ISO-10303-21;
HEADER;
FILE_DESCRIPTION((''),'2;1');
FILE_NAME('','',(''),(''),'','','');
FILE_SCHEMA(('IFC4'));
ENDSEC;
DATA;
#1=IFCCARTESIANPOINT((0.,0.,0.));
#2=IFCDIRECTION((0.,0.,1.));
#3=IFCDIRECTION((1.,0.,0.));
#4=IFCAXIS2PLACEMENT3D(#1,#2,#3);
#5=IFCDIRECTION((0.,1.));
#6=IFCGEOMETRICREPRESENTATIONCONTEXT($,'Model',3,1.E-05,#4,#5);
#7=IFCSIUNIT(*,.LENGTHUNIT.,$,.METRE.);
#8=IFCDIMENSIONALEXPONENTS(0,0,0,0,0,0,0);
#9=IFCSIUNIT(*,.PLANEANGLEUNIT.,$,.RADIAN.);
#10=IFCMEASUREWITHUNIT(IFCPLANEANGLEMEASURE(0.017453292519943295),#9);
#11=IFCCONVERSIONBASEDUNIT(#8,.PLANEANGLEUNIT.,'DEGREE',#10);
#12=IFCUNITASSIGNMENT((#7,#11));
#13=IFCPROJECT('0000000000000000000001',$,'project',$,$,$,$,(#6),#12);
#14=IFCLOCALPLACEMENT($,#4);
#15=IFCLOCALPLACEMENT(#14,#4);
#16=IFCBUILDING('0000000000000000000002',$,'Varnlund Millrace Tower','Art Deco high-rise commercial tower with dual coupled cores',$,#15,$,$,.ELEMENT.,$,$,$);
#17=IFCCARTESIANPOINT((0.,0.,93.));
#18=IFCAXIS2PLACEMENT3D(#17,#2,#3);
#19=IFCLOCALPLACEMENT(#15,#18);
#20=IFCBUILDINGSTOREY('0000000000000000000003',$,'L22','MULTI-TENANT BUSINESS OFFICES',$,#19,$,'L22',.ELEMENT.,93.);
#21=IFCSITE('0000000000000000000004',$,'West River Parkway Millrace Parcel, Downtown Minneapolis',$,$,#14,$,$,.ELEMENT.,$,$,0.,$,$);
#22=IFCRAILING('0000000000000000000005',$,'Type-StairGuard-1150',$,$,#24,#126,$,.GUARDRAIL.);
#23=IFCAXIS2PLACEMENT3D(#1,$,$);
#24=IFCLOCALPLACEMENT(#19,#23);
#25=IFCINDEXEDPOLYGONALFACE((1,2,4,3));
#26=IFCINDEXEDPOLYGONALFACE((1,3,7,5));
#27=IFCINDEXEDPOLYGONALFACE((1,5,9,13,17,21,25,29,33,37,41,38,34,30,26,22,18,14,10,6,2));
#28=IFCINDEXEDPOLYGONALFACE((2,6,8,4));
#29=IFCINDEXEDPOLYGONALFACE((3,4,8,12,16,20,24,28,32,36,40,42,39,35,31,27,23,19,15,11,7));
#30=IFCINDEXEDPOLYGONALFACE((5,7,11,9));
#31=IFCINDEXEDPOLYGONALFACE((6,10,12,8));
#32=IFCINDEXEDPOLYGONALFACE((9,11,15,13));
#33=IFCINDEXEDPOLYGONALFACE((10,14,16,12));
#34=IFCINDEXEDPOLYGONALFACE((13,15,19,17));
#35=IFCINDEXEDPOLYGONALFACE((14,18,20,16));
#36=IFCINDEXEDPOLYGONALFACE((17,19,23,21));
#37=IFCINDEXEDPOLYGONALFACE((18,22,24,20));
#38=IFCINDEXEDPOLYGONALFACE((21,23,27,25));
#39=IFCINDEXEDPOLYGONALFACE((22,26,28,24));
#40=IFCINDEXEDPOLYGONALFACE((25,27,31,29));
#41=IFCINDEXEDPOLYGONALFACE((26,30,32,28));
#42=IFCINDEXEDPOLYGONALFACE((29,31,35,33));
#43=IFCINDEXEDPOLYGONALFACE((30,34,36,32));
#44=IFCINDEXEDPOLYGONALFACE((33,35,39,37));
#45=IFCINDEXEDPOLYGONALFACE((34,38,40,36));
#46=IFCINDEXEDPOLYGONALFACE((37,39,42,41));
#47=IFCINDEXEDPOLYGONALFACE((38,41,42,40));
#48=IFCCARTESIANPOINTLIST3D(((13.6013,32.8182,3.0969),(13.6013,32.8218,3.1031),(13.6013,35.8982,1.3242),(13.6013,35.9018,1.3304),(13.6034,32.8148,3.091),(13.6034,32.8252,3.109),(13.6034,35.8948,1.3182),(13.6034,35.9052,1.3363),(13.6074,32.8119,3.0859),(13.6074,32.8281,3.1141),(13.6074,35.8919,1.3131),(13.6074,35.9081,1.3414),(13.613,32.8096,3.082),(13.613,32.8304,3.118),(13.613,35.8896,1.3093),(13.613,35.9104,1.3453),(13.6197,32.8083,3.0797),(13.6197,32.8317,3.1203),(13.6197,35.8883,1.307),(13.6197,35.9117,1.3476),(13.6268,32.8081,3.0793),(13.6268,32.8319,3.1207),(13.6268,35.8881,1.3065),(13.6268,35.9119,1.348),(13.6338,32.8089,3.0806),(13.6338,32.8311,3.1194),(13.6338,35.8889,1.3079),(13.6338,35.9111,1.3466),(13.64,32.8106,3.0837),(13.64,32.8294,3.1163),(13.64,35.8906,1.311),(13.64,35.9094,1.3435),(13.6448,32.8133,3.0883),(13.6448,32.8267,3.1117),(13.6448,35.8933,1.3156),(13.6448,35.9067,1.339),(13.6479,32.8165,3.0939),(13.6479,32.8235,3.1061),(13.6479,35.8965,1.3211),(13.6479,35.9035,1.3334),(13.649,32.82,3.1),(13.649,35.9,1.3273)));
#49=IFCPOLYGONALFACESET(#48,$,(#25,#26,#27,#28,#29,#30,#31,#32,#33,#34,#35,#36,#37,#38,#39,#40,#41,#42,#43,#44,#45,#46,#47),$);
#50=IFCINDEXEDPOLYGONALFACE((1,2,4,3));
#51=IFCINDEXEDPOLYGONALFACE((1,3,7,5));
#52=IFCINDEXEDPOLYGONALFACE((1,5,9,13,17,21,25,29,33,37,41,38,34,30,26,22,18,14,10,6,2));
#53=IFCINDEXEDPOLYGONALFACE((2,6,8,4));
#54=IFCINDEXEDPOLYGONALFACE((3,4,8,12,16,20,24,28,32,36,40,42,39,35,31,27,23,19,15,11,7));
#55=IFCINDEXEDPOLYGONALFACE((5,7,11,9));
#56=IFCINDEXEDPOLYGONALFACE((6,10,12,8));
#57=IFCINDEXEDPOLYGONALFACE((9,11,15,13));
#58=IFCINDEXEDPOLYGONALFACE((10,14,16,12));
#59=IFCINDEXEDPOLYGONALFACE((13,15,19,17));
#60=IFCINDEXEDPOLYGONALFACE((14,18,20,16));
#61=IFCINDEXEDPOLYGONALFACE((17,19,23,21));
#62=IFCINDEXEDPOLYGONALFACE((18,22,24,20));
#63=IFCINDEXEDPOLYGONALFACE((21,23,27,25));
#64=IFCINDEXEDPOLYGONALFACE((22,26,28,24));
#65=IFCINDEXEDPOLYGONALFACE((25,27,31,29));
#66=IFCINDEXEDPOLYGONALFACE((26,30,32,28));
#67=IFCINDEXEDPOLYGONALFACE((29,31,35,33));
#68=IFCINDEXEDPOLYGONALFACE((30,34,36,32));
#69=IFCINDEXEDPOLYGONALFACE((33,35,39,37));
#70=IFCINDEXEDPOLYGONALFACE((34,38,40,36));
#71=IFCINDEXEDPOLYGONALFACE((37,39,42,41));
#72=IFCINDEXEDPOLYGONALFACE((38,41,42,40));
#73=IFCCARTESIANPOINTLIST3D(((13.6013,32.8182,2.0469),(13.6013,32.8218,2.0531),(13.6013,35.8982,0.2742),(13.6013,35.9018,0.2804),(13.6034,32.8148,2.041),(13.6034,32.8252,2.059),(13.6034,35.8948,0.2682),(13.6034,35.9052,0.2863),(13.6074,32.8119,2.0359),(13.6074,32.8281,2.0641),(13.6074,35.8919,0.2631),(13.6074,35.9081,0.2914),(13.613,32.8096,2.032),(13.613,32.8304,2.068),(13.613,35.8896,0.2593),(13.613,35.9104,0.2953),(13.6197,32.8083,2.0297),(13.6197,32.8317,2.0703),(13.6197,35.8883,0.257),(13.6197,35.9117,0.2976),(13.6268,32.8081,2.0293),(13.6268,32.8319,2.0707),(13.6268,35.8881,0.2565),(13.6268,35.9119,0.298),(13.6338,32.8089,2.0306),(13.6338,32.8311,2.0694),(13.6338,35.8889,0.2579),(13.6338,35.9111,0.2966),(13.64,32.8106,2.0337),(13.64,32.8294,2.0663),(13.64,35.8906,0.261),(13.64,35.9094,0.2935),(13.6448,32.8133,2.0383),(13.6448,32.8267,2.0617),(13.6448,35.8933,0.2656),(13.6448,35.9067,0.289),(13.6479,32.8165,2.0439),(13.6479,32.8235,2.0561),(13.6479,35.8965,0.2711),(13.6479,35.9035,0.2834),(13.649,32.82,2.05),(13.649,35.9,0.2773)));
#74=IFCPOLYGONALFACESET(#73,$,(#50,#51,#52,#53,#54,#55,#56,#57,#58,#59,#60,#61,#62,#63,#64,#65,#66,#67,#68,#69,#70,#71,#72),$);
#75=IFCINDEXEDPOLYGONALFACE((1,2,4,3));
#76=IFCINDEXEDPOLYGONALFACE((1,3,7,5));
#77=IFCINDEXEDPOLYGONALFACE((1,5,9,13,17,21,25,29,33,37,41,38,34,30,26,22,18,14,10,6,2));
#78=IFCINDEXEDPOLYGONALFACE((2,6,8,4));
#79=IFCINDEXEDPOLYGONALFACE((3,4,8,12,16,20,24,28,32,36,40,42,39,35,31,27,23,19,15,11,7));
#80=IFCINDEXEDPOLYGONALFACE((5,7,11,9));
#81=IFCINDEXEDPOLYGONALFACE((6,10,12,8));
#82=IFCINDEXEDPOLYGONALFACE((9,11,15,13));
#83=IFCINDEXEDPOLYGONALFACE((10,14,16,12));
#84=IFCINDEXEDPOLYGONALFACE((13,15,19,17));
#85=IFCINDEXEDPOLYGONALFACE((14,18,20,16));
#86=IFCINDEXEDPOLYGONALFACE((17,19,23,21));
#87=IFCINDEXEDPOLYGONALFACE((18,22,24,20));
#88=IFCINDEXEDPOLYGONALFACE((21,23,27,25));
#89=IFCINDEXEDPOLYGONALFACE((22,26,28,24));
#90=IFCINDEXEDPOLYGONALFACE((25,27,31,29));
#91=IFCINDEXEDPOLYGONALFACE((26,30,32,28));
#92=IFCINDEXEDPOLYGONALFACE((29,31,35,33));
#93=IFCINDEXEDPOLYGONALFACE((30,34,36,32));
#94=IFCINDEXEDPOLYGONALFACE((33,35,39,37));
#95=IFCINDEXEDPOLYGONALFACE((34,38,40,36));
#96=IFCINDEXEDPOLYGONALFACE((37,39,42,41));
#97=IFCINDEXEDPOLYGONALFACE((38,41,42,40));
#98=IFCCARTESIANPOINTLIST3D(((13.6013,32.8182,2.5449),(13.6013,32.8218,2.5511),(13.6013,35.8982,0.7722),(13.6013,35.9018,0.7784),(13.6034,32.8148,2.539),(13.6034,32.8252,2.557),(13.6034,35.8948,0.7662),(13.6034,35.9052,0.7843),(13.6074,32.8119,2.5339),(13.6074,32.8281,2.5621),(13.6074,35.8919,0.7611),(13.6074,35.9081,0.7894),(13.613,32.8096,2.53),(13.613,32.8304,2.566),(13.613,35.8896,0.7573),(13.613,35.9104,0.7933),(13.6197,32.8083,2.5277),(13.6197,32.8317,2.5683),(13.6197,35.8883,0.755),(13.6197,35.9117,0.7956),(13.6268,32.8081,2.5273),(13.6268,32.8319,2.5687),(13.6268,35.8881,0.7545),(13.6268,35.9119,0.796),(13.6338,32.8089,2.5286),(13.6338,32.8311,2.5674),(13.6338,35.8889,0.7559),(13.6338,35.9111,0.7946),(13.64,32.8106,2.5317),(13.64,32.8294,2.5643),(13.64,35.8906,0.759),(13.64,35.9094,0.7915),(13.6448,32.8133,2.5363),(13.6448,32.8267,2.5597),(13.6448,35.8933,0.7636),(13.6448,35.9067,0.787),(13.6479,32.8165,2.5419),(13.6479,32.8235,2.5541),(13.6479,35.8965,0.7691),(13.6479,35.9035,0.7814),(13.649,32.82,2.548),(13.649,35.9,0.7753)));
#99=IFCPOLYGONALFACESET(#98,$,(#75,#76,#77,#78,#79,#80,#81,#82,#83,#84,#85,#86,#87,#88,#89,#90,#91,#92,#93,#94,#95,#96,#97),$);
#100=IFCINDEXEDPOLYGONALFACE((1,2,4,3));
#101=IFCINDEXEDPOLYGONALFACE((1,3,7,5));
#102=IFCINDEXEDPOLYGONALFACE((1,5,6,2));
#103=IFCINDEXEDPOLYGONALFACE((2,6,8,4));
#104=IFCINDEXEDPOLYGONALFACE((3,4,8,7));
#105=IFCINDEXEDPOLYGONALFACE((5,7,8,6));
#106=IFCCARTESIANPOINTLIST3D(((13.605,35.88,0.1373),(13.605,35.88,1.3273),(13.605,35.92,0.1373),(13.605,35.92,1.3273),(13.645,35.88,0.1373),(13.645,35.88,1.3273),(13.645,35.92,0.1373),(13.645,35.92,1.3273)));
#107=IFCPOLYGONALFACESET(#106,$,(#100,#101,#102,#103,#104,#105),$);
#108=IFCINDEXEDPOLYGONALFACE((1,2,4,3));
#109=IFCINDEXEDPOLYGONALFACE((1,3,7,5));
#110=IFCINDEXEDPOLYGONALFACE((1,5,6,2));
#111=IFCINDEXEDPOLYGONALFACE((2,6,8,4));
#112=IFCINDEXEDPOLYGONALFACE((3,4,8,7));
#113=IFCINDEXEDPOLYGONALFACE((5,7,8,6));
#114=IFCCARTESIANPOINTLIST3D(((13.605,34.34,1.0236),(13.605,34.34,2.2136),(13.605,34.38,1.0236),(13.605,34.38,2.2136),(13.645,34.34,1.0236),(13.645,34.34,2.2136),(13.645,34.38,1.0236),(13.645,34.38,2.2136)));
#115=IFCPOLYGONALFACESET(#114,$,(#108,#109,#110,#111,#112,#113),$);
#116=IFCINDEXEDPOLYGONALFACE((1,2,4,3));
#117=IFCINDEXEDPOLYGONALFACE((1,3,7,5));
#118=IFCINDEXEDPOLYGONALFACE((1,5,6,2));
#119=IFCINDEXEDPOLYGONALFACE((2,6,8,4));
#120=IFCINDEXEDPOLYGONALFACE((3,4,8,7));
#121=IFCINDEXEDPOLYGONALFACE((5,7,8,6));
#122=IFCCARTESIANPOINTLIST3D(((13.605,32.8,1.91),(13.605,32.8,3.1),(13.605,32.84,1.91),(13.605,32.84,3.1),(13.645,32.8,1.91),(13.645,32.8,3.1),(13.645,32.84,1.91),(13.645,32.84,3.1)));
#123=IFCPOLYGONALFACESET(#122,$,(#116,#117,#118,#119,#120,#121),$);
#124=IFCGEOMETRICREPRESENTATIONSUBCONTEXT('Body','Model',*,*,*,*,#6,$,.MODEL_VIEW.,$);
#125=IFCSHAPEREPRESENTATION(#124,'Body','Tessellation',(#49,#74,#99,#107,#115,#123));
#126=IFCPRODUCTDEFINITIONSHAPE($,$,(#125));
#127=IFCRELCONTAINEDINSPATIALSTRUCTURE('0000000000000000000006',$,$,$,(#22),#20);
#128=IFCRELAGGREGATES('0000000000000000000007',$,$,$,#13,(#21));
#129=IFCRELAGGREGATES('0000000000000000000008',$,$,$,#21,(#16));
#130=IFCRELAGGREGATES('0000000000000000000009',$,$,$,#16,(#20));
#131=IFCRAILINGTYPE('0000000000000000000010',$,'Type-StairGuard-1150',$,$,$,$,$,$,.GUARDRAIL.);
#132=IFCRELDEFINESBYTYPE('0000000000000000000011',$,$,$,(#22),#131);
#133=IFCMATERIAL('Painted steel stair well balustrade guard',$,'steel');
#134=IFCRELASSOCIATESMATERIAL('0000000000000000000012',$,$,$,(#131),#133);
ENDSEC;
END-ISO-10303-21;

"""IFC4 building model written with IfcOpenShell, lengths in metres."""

from ifc_helpers import new_model, entity, si_unit, converted_unit, direction, frame, origin_with_axes, origin_2d_with_axis, place, context, subcontext, project, spatial, rectangle, circle, extrude, material, type_object, element, save


model = new_model("IFC4")

# Units and contexts
model_context = context("Model", 3, precision=1e-05, world=origin_with_axes(), true_north=direction((0.0, 1.0)))
body_context = subcontext(model_context, "Body", "Model", "MODEL_VIEW")
ifc_project = project(units=[si_unit("LENGTHUNIT", "METRE"), converted_unit("PLANEANGLEUNIT", "DEGREE", entity("IfcPlaneAngleMeasure", 0.017453292519943295), si_unit("PLANEANGLEUNIT", "RADIAN"), dimensions=[0, 0, 0, 0, 0, 0, 0])], contexts=[model_context])

# Site, building, storey
site_placement = place(None, origin_with_axes())
site = spatial("IfcSite", under=ifc_project, at=site_placement, Name="West River Parkway Millrace Parcel, Downtown Minneapolis", CompositionType="ELEMENT", RefElevation=0.0)
building_placement = place(site_placement, origin_with_axes())
building = spatial("IfcBuilding", under=site, at=building_placement, Name="Varnlund Millrace Tower", Description="Art Deco high-rise commercial tower with dual coupled cores", CompositionType="ELEMENT")
storey_placement = place(building_placement, frame((0.0, 0.0, 93.0), z_axis=(0.0, 0.0, 1.0), x_axis=(1.0, 0.0, 0.0)))
storey = spatial("IfcBuildingStorey", under=building, at=storey_placement, Name="L22", Description="MULTI-TENANT BUSINESS OFFICES", LongName="L22", CompositionType="ELEMENT", Elevation=93.0)

# Railing
ifc_material_1 = material(Name="Painted steel stair well balustrade guard", Category="steel")
railing_type_1 = type_object("IfcRailingType", Name="Type-StairGuard-1150", PredefinedType="GUARDRAIL", material=ifc_material_1)
railing_1_placement = place(storey_placement, frame((0.0, 0.0, -93.0), z_axis=(0.0, 0.0, 1.0), x_axis=(1.0, 0.0, 0.0)))
element("IfcRailing", 1, at=railing_1_placement, inside=storey, type_object=railing_type_1, Name="Type-StairGuard-1150", PredefinedType="GUARDRAIL", context=body_context, shape_type="SweptSolid", body=[
    extrude(circle(Radius=0.024, at=origin_2d_with_axis()), frame((13.625, 35.9, 94.3273), z_axis=(0.0, -0.866696, 0.498836), x_axis=(1.0, 0.0, 0.0)), (0.0, 0.0, 1.0), 3.5537),
    extrude(circle(Radius=0.024, at=origin_2d_with_axis()), frame((13.625, 35.9, 93.2773), z_axis=(0.0, -0.866696, 0.498836), x_axis=(1.0, 0.0, 0.0)), (0.0, 0.0, 1.0), 3.5537),
    extrude(circle(Radius=0.024, at=origin_2d_with_axis()), frame((13.625, 35.9, 93.7753), z_axis=(0.0, -0.866696, 0.498836), x_axis=(1.0, 0.0, 0.0)), (0.0, 0.0, 1.0), 3.5537),
    extrude(rectangle(XDim=0.04, YDim=0.04, at=origin_2d_with_axis()), frame((13.625, 35.9, 93.1373), z_axis=(0.0, 0.0, 1.0), x_axis=(1.0, 0.0, 0.0)), (0.0, 0.0, 1.0), 1.19),
    extrude(rectangle(XDim=0.04, YDim=0.04, at=origin_2d_with_axis()), frame((13.625, 34.36, 94.0236), z_axis=(0.0, 0.0, 1.0), x_axis=(1.0, 0.0, 0.0)), (0.0, 0.0, 1.0), 1.19),
    extrude(rectangle(XDim=0.04, YDim=0.04, at=origin_2d_with_axis()), frame((13.625, 32.82, 94.91), z_axis=(0.0, 0.0, 1.0), x_axis=(1.0, 0.0, 0.0)), (0.0, 0.0, 1.0), 1.19),
])

save(model, "model.ifc")
